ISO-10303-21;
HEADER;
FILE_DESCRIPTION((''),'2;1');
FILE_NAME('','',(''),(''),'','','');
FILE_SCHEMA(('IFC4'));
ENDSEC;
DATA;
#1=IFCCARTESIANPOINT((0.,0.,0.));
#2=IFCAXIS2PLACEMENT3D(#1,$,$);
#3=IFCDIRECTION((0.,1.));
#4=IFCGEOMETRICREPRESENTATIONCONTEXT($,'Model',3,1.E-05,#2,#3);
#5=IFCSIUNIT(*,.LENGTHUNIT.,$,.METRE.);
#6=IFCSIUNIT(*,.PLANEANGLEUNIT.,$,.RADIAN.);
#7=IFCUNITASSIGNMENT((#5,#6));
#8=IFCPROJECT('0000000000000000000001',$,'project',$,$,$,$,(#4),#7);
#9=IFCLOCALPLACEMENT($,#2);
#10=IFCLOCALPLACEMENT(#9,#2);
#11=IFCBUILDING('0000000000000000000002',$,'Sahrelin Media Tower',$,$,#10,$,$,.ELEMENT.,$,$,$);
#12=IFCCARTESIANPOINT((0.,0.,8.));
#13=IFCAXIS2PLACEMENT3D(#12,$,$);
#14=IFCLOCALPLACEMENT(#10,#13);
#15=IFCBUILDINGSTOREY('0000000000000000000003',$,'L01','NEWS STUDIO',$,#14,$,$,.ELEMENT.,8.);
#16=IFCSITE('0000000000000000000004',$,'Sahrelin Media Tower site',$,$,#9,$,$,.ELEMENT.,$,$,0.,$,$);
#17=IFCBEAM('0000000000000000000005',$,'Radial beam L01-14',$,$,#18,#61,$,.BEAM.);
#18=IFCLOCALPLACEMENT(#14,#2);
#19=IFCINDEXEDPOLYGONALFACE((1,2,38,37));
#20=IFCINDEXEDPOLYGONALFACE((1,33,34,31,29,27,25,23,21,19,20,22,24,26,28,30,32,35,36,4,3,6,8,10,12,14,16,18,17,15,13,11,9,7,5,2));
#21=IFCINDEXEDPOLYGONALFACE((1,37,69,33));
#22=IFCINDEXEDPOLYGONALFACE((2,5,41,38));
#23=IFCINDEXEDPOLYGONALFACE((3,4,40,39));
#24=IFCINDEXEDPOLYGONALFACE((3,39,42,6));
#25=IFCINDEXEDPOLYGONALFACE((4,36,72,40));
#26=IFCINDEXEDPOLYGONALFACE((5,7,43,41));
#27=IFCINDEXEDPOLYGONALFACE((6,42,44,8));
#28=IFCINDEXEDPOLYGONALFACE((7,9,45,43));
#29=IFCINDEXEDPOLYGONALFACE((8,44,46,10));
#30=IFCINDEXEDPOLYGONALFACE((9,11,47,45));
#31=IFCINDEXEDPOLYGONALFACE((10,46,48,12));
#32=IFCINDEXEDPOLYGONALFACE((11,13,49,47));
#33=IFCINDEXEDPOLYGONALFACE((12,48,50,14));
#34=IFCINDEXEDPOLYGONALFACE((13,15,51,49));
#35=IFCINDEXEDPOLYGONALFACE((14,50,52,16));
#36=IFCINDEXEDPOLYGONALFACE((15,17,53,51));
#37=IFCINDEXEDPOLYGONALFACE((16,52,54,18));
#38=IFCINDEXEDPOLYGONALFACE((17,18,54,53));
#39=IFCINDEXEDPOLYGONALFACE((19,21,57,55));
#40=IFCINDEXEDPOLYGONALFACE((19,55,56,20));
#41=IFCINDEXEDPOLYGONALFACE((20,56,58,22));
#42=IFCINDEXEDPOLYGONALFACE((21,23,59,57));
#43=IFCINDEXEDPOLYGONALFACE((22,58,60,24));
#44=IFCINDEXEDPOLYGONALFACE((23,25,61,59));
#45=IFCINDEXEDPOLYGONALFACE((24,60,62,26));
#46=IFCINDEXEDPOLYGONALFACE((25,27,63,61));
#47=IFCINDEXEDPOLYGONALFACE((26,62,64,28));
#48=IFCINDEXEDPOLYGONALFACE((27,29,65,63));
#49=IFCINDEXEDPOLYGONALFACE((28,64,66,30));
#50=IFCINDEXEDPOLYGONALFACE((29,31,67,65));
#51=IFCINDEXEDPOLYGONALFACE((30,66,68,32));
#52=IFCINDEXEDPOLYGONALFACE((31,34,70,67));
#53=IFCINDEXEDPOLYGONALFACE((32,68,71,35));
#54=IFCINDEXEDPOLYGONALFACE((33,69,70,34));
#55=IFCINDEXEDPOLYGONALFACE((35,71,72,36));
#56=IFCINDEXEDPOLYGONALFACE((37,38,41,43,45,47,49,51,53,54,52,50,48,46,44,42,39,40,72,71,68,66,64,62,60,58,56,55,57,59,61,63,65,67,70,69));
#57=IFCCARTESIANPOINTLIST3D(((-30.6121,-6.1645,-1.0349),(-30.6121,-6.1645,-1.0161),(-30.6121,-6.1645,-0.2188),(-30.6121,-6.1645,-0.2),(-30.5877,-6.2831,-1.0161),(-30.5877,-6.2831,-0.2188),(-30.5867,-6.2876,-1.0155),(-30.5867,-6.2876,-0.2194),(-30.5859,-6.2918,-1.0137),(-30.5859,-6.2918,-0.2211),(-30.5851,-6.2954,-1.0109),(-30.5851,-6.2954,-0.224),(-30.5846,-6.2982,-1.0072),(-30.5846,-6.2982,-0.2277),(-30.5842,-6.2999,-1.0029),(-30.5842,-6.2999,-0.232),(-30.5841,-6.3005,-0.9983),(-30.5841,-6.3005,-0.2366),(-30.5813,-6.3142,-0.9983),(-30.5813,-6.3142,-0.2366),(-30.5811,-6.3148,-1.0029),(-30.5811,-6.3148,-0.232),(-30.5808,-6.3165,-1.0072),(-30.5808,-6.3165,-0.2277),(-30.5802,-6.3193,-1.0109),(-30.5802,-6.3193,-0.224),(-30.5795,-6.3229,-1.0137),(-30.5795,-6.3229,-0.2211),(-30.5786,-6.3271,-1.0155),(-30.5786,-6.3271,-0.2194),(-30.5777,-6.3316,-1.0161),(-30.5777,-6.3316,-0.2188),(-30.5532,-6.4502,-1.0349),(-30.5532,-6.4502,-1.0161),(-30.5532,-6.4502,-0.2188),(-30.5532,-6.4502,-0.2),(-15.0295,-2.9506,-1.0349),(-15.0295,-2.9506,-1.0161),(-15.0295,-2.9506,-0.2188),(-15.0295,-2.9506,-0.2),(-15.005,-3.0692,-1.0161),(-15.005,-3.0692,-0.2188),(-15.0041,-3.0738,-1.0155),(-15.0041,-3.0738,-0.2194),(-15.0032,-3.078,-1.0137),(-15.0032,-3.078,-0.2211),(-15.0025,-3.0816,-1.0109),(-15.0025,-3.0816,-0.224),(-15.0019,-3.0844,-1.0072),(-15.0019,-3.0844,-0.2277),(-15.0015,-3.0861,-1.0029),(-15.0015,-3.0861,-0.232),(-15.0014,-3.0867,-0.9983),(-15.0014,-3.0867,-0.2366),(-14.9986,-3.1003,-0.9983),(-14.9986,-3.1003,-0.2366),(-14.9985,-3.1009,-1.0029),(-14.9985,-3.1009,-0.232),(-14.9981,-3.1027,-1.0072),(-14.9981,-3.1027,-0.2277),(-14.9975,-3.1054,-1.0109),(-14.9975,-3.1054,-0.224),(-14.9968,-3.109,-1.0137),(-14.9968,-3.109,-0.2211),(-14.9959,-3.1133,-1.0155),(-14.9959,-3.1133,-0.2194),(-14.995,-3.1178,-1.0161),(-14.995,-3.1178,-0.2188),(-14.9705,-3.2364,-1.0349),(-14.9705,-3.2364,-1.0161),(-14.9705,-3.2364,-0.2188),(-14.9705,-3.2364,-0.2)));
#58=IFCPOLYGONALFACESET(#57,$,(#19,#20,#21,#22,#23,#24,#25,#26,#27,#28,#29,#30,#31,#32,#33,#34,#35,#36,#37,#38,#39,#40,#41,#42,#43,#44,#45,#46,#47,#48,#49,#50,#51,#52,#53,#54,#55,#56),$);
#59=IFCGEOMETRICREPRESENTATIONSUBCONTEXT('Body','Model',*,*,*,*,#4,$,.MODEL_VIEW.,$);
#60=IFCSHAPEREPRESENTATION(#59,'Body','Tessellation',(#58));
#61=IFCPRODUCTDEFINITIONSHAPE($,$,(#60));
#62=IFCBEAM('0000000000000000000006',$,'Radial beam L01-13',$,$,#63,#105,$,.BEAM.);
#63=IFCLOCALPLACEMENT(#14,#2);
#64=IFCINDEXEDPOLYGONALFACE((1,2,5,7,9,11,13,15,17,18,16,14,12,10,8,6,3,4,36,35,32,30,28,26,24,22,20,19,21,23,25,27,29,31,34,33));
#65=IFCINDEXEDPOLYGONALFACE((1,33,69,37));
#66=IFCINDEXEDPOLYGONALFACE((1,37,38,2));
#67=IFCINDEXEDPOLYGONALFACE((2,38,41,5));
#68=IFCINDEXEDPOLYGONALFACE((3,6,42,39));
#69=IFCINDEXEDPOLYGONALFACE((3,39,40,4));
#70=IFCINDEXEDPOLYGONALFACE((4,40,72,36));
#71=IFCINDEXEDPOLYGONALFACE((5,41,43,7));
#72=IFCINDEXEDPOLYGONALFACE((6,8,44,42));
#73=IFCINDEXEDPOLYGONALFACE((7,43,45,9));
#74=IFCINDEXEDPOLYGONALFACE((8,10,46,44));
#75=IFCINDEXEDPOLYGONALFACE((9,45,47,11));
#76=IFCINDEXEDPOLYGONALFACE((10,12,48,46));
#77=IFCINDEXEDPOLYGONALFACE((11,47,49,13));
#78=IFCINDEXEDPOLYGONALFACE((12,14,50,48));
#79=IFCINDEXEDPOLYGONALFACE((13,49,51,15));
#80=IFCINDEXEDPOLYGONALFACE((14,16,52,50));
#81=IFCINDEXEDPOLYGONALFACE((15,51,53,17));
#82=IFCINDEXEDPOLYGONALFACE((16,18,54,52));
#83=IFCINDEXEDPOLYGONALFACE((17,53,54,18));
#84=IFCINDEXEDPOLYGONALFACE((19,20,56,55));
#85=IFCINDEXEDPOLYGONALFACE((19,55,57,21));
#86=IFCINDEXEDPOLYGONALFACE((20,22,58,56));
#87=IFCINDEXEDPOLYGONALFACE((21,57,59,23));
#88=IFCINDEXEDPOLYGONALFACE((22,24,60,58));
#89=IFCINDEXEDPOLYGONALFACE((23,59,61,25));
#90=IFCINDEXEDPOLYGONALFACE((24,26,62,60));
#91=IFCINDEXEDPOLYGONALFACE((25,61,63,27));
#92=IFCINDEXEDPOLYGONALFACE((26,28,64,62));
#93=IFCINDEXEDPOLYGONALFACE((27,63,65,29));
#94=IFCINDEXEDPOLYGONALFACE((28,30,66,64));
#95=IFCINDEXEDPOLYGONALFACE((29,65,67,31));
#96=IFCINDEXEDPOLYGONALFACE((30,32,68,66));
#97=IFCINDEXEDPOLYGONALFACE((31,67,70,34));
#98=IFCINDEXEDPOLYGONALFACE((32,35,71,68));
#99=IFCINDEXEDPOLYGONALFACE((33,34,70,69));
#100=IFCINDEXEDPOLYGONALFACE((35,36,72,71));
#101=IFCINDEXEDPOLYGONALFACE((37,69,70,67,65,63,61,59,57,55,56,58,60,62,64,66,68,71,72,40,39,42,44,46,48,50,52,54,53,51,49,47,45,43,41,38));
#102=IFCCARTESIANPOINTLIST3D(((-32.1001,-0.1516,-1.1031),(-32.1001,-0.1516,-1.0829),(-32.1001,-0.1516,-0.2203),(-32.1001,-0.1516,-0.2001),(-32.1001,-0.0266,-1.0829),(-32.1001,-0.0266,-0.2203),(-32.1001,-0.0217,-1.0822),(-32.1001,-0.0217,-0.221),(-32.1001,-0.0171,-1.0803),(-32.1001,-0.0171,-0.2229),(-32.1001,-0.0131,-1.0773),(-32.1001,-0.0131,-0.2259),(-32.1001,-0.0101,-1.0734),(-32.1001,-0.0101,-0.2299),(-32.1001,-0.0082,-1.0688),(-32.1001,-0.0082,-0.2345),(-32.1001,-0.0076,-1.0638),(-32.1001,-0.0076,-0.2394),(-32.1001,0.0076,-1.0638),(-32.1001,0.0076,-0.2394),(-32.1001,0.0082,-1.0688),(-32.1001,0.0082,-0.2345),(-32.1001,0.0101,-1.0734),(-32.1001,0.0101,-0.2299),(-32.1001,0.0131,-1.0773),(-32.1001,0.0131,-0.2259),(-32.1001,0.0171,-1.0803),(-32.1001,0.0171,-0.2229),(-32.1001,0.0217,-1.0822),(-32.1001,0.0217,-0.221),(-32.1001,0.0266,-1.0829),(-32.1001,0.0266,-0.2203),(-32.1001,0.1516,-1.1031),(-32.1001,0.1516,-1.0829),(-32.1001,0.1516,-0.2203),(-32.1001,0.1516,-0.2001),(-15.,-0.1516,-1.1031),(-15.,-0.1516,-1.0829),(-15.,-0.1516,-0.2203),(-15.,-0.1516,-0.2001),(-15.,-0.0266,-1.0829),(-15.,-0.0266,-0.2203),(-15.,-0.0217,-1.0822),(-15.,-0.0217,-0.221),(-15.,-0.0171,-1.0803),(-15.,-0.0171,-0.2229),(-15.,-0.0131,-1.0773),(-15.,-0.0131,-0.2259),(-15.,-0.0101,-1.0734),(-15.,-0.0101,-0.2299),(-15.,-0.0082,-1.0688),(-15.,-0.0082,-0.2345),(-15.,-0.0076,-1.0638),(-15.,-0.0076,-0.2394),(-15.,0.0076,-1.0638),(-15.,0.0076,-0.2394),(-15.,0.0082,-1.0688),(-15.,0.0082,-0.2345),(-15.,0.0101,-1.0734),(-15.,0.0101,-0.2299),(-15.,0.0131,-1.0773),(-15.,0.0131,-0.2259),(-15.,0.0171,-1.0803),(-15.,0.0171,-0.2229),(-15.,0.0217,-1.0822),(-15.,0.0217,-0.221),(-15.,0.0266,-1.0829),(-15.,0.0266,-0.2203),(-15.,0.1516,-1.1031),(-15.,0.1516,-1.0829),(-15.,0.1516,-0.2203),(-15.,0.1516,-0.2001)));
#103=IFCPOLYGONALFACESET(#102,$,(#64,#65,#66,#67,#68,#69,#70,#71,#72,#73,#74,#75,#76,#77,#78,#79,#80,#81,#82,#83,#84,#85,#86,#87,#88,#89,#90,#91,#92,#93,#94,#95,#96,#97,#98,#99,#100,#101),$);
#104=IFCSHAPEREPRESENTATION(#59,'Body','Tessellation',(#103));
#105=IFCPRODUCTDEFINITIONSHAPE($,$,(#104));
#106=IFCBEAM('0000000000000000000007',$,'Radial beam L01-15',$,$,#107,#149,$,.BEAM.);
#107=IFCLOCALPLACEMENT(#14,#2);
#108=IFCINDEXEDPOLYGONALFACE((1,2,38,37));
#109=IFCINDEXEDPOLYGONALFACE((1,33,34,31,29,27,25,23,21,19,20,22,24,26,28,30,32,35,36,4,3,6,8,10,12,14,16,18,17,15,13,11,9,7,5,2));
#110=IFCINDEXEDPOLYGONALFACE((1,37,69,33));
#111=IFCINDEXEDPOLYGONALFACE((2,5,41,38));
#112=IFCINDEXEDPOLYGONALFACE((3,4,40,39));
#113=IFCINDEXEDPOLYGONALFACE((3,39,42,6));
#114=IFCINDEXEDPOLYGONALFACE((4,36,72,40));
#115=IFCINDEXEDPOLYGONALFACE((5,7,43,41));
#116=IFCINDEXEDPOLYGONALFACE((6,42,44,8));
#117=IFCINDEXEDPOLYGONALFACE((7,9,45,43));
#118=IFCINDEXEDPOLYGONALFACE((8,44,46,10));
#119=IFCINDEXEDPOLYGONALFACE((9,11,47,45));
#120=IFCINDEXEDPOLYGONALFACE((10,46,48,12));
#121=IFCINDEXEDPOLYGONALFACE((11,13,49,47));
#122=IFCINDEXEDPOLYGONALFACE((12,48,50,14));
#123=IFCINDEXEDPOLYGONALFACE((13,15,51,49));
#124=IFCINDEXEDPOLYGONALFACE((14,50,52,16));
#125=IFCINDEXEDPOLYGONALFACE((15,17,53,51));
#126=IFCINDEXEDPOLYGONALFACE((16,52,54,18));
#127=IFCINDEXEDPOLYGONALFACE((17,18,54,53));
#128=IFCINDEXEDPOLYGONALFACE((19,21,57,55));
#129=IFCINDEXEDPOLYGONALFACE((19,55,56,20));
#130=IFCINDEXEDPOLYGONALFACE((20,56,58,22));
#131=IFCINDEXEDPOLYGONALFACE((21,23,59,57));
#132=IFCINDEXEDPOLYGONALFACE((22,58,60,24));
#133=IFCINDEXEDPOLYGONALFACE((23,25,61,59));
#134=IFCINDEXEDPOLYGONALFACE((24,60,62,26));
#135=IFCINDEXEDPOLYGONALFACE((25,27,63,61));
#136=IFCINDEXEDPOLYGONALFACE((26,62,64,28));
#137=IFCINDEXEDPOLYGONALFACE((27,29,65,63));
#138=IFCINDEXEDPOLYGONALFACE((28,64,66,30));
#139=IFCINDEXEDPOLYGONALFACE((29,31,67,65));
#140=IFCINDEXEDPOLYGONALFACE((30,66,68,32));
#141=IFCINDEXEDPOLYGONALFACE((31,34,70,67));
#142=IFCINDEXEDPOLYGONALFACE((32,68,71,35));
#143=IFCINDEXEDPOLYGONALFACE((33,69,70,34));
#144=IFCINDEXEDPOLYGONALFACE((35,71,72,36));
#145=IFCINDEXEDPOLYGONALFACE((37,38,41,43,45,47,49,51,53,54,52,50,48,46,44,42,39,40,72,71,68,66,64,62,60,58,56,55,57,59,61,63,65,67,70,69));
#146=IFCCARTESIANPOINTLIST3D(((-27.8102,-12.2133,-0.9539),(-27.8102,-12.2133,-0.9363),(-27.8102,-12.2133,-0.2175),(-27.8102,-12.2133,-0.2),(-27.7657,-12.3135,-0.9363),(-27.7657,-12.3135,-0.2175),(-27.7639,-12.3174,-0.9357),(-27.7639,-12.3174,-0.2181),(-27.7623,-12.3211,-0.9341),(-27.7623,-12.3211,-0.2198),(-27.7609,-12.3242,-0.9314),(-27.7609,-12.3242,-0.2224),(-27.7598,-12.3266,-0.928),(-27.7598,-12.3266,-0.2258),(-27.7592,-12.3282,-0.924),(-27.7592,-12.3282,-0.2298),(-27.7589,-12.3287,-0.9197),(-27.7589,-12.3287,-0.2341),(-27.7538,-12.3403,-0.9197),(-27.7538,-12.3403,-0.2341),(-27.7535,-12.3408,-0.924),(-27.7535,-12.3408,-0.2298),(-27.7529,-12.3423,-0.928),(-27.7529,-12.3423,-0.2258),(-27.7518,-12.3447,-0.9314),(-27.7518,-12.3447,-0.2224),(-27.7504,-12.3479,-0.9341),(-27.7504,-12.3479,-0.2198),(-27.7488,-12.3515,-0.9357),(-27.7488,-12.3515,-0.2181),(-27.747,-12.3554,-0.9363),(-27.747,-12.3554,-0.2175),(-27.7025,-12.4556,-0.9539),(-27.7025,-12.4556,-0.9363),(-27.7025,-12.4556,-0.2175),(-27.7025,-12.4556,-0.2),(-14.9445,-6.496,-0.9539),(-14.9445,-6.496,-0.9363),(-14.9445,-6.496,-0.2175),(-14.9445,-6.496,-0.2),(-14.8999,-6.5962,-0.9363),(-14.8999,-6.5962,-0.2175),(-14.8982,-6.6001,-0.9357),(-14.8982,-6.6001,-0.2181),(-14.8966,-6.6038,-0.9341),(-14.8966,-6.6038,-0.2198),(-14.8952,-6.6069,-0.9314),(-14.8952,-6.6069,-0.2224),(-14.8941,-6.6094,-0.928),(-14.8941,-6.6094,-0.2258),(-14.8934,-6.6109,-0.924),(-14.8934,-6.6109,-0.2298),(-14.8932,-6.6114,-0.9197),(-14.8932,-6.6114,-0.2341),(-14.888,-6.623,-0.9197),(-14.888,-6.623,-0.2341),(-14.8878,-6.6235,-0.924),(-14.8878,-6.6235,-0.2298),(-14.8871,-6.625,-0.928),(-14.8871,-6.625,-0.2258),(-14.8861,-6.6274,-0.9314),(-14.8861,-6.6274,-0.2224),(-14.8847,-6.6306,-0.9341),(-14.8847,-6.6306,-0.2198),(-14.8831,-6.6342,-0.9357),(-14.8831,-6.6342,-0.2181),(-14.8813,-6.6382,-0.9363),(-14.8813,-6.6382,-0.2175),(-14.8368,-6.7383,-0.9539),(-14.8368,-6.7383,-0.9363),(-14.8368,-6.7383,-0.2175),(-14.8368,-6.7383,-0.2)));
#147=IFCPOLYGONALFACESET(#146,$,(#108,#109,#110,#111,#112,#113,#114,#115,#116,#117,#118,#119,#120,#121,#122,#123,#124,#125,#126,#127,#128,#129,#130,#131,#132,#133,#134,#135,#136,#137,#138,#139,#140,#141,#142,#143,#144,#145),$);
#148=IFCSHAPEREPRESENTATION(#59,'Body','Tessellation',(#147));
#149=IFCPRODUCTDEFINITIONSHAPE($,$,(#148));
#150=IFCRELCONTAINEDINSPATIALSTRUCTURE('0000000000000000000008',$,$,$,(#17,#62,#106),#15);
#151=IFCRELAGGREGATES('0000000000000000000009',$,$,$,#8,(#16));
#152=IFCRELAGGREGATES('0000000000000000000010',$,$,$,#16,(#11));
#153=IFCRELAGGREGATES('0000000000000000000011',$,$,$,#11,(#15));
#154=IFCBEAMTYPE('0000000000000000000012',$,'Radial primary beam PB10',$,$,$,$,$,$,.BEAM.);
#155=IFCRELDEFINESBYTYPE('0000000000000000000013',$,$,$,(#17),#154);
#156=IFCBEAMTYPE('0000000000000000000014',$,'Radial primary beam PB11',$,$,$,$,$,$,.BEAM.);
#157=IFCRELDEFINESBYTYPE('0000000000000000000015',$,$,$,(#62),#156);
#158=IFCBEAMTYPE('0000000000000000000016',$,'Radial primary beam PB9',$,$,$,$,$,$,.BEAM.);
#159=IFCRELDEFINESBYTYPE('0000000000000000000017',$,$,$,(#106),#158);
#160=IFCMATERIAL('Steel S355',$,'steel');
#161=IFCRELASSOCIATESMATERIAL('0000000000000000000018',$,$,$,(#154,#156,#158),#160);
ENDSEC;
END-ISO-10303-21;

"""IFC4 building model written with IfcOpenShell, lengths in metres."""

from ifc_helpers import new_model, si_unit, direction, frame, origin, origin_2d, place, context, subcontext, project, spatial, i_section, extrude, material, material_profile, profile_set, type_object, element, save


model = new_model("IFC4")

# Units and contexts
model_context = context("Model", 3, precision=1e-05, world=origin(), true_north=direction((0.0, 1.0)))
body_context = subcontext(model_context, "Body", "Model", "MODEL_VIEW")
ifc_project = project(units=[si_unit("LENGTHUNIT", "METRE"), si_unit("PLANEANGLEUNIT", "RADIAN")], contexts=[model_context])

# Site, building, storey
site_placement = place(None, origin())
site = spatial("IfcSite", under=ifc_project, at=site_placement, Name="Sahrelin Media Tower site", CompositionType="ELEMENT", RefElevation=0.0)
building_placement = place(site_placement, origin())
building = spatial("IfcBuilding", under=site, at=building_placement, Name="Sahrelin Media Tower", CompositionType="ELEMENT")
storey_placement = place(building_placement, frame((0.0, 0.0, 8.0)))
storey = spatial("IfcBuildingStorey", under=building, at=storey_placement, Name="L01", Description="NEWS STUDIO", CompositionType="ELEMENT", Elevation=8.0)

# Beams
ifc_material_1 = material(Name="Steel S355", Category="steel")
ifc_material_profile_1 = material_profile(ifc_material_1, i_section(OverallWidth=0.2917, OverallDepth=0.835, WebThickness=0.0139, FlangeThickness=0.0188, FilletRadius=0.0178, at=origin_2d()), Name="UB 838x292x176")
ifc_profile_set_1 = profile_set([ifc_material_profile_1], Name="Steel S355")
beam_type_1 = type_object("IfcBeamType", Name="Radial primary beam PB10", PredefinedType="BEAM", material=ifc_profile_set_1)
beam_1_placement = place(storey_placement, frame((-15.0, -3.0935, -0.6174), z_axis=(-0.979387, -0.201994, 0.0), x_axis=(0.201994, -0.979387, 0.0)))
element("IfcBeam", 1, at=beam_1_placement, inside=storey, type_object=beam_type_1, Name="Radial beam L01-14", PredefinedType="BEAM", context=body_context, shape_type="SweptSolid", body=[
    extrude(i_section(OverallWidth=0.2917, OverallDepth=0.835, WebThickness=0.0139, FlangeThickness=0.0188, FilletRadius=0.0178, at=origin_2d()), origin(), (0.0, 0.0, 1.0), 15.9106),
])
ifc_material_profile_2 = material_profile(ifc_material_1, i_section(OverallWidth=0.3032, OverallDepth=0.9031, WebThickness=0.0151, FlangeThickness=0.0203, FilletRadius=0.019, at=origin_2d()), Name="UB 914x305x201")
ifc_profile_set_2 = profile_set([ifc_material_profile_2], Name="Steel S355")
beam_type_2 = type_object("IfcBeamType", Name="Radial primary beam PB11", PredefinedType="BEAM", material=ifc_profile_set_2)
beam_2_placement = place(storey_placement, frame((-15.0, 0.0, -0.6516), z_axis=(-1.0, 0.0, 0.0), x_axis=(0.0, -1.0, 0.0)))
element("IfcBeam", 2, at=beam_2_placement, inside=storey, type_object=beam_type_2, Name="Radial beam L01-13", PredefinedType="BEAM", context=body_context, shape_type="SweptSolid", body=[
    extrude(i_section(OverallWidth=0.3032, OverallDepth=0.9031, WebThickness=0.0151, FlangeThickness=0.0203, FilletRadius=0.019, at=origin_2d()), origin(), (0.0, 0.0, 1.0), 17.1001),
])
ifc_material_profile_3 = material_profile(ifc_material_1, i_section(OverallWidth=0.2651, OverallDepth=0.7539, WebThickness=0.0127, FlangeThickness=0.0176, FilletRadius=0.0166, at=origin_2d()), Name="UB 762x267x147")
ifc_profile_set_3 = profile_set([ifc_material_profile_3], Name="Steel S355")
beam_type_3 = type_object("IfcBeamType", Name="Radial primary beam PB9", PredefinedType="BEAM", material=ifc_profile_set_3)
beam_3_placement = place(storey_placement, frame((-14.8906, -6.6172, -0.5769), z_axis=(-0.913833, -0.40609, 0.0), x_axis=(0.40609, -0.913833, 0.0)))
element("IfcBeam", 3, at=beam_3_placement, inside=storey, type_object=beam_type_3, Name="Radial beam L01-15", PredefinedType="BEAM", context=body_context, shape_type="SweptSolid", body=[
    extrude(i_section(OverallWidth=0.2651, OverallDepth=0.7539, WebThickness=0.0127, FlangeThickness=0.0176, FilletRadius=0.0166, at=origin_2d()), origin(), (0.0, 0.0, 1.0), 14.0789),
])

save(model, "model.ifc")
